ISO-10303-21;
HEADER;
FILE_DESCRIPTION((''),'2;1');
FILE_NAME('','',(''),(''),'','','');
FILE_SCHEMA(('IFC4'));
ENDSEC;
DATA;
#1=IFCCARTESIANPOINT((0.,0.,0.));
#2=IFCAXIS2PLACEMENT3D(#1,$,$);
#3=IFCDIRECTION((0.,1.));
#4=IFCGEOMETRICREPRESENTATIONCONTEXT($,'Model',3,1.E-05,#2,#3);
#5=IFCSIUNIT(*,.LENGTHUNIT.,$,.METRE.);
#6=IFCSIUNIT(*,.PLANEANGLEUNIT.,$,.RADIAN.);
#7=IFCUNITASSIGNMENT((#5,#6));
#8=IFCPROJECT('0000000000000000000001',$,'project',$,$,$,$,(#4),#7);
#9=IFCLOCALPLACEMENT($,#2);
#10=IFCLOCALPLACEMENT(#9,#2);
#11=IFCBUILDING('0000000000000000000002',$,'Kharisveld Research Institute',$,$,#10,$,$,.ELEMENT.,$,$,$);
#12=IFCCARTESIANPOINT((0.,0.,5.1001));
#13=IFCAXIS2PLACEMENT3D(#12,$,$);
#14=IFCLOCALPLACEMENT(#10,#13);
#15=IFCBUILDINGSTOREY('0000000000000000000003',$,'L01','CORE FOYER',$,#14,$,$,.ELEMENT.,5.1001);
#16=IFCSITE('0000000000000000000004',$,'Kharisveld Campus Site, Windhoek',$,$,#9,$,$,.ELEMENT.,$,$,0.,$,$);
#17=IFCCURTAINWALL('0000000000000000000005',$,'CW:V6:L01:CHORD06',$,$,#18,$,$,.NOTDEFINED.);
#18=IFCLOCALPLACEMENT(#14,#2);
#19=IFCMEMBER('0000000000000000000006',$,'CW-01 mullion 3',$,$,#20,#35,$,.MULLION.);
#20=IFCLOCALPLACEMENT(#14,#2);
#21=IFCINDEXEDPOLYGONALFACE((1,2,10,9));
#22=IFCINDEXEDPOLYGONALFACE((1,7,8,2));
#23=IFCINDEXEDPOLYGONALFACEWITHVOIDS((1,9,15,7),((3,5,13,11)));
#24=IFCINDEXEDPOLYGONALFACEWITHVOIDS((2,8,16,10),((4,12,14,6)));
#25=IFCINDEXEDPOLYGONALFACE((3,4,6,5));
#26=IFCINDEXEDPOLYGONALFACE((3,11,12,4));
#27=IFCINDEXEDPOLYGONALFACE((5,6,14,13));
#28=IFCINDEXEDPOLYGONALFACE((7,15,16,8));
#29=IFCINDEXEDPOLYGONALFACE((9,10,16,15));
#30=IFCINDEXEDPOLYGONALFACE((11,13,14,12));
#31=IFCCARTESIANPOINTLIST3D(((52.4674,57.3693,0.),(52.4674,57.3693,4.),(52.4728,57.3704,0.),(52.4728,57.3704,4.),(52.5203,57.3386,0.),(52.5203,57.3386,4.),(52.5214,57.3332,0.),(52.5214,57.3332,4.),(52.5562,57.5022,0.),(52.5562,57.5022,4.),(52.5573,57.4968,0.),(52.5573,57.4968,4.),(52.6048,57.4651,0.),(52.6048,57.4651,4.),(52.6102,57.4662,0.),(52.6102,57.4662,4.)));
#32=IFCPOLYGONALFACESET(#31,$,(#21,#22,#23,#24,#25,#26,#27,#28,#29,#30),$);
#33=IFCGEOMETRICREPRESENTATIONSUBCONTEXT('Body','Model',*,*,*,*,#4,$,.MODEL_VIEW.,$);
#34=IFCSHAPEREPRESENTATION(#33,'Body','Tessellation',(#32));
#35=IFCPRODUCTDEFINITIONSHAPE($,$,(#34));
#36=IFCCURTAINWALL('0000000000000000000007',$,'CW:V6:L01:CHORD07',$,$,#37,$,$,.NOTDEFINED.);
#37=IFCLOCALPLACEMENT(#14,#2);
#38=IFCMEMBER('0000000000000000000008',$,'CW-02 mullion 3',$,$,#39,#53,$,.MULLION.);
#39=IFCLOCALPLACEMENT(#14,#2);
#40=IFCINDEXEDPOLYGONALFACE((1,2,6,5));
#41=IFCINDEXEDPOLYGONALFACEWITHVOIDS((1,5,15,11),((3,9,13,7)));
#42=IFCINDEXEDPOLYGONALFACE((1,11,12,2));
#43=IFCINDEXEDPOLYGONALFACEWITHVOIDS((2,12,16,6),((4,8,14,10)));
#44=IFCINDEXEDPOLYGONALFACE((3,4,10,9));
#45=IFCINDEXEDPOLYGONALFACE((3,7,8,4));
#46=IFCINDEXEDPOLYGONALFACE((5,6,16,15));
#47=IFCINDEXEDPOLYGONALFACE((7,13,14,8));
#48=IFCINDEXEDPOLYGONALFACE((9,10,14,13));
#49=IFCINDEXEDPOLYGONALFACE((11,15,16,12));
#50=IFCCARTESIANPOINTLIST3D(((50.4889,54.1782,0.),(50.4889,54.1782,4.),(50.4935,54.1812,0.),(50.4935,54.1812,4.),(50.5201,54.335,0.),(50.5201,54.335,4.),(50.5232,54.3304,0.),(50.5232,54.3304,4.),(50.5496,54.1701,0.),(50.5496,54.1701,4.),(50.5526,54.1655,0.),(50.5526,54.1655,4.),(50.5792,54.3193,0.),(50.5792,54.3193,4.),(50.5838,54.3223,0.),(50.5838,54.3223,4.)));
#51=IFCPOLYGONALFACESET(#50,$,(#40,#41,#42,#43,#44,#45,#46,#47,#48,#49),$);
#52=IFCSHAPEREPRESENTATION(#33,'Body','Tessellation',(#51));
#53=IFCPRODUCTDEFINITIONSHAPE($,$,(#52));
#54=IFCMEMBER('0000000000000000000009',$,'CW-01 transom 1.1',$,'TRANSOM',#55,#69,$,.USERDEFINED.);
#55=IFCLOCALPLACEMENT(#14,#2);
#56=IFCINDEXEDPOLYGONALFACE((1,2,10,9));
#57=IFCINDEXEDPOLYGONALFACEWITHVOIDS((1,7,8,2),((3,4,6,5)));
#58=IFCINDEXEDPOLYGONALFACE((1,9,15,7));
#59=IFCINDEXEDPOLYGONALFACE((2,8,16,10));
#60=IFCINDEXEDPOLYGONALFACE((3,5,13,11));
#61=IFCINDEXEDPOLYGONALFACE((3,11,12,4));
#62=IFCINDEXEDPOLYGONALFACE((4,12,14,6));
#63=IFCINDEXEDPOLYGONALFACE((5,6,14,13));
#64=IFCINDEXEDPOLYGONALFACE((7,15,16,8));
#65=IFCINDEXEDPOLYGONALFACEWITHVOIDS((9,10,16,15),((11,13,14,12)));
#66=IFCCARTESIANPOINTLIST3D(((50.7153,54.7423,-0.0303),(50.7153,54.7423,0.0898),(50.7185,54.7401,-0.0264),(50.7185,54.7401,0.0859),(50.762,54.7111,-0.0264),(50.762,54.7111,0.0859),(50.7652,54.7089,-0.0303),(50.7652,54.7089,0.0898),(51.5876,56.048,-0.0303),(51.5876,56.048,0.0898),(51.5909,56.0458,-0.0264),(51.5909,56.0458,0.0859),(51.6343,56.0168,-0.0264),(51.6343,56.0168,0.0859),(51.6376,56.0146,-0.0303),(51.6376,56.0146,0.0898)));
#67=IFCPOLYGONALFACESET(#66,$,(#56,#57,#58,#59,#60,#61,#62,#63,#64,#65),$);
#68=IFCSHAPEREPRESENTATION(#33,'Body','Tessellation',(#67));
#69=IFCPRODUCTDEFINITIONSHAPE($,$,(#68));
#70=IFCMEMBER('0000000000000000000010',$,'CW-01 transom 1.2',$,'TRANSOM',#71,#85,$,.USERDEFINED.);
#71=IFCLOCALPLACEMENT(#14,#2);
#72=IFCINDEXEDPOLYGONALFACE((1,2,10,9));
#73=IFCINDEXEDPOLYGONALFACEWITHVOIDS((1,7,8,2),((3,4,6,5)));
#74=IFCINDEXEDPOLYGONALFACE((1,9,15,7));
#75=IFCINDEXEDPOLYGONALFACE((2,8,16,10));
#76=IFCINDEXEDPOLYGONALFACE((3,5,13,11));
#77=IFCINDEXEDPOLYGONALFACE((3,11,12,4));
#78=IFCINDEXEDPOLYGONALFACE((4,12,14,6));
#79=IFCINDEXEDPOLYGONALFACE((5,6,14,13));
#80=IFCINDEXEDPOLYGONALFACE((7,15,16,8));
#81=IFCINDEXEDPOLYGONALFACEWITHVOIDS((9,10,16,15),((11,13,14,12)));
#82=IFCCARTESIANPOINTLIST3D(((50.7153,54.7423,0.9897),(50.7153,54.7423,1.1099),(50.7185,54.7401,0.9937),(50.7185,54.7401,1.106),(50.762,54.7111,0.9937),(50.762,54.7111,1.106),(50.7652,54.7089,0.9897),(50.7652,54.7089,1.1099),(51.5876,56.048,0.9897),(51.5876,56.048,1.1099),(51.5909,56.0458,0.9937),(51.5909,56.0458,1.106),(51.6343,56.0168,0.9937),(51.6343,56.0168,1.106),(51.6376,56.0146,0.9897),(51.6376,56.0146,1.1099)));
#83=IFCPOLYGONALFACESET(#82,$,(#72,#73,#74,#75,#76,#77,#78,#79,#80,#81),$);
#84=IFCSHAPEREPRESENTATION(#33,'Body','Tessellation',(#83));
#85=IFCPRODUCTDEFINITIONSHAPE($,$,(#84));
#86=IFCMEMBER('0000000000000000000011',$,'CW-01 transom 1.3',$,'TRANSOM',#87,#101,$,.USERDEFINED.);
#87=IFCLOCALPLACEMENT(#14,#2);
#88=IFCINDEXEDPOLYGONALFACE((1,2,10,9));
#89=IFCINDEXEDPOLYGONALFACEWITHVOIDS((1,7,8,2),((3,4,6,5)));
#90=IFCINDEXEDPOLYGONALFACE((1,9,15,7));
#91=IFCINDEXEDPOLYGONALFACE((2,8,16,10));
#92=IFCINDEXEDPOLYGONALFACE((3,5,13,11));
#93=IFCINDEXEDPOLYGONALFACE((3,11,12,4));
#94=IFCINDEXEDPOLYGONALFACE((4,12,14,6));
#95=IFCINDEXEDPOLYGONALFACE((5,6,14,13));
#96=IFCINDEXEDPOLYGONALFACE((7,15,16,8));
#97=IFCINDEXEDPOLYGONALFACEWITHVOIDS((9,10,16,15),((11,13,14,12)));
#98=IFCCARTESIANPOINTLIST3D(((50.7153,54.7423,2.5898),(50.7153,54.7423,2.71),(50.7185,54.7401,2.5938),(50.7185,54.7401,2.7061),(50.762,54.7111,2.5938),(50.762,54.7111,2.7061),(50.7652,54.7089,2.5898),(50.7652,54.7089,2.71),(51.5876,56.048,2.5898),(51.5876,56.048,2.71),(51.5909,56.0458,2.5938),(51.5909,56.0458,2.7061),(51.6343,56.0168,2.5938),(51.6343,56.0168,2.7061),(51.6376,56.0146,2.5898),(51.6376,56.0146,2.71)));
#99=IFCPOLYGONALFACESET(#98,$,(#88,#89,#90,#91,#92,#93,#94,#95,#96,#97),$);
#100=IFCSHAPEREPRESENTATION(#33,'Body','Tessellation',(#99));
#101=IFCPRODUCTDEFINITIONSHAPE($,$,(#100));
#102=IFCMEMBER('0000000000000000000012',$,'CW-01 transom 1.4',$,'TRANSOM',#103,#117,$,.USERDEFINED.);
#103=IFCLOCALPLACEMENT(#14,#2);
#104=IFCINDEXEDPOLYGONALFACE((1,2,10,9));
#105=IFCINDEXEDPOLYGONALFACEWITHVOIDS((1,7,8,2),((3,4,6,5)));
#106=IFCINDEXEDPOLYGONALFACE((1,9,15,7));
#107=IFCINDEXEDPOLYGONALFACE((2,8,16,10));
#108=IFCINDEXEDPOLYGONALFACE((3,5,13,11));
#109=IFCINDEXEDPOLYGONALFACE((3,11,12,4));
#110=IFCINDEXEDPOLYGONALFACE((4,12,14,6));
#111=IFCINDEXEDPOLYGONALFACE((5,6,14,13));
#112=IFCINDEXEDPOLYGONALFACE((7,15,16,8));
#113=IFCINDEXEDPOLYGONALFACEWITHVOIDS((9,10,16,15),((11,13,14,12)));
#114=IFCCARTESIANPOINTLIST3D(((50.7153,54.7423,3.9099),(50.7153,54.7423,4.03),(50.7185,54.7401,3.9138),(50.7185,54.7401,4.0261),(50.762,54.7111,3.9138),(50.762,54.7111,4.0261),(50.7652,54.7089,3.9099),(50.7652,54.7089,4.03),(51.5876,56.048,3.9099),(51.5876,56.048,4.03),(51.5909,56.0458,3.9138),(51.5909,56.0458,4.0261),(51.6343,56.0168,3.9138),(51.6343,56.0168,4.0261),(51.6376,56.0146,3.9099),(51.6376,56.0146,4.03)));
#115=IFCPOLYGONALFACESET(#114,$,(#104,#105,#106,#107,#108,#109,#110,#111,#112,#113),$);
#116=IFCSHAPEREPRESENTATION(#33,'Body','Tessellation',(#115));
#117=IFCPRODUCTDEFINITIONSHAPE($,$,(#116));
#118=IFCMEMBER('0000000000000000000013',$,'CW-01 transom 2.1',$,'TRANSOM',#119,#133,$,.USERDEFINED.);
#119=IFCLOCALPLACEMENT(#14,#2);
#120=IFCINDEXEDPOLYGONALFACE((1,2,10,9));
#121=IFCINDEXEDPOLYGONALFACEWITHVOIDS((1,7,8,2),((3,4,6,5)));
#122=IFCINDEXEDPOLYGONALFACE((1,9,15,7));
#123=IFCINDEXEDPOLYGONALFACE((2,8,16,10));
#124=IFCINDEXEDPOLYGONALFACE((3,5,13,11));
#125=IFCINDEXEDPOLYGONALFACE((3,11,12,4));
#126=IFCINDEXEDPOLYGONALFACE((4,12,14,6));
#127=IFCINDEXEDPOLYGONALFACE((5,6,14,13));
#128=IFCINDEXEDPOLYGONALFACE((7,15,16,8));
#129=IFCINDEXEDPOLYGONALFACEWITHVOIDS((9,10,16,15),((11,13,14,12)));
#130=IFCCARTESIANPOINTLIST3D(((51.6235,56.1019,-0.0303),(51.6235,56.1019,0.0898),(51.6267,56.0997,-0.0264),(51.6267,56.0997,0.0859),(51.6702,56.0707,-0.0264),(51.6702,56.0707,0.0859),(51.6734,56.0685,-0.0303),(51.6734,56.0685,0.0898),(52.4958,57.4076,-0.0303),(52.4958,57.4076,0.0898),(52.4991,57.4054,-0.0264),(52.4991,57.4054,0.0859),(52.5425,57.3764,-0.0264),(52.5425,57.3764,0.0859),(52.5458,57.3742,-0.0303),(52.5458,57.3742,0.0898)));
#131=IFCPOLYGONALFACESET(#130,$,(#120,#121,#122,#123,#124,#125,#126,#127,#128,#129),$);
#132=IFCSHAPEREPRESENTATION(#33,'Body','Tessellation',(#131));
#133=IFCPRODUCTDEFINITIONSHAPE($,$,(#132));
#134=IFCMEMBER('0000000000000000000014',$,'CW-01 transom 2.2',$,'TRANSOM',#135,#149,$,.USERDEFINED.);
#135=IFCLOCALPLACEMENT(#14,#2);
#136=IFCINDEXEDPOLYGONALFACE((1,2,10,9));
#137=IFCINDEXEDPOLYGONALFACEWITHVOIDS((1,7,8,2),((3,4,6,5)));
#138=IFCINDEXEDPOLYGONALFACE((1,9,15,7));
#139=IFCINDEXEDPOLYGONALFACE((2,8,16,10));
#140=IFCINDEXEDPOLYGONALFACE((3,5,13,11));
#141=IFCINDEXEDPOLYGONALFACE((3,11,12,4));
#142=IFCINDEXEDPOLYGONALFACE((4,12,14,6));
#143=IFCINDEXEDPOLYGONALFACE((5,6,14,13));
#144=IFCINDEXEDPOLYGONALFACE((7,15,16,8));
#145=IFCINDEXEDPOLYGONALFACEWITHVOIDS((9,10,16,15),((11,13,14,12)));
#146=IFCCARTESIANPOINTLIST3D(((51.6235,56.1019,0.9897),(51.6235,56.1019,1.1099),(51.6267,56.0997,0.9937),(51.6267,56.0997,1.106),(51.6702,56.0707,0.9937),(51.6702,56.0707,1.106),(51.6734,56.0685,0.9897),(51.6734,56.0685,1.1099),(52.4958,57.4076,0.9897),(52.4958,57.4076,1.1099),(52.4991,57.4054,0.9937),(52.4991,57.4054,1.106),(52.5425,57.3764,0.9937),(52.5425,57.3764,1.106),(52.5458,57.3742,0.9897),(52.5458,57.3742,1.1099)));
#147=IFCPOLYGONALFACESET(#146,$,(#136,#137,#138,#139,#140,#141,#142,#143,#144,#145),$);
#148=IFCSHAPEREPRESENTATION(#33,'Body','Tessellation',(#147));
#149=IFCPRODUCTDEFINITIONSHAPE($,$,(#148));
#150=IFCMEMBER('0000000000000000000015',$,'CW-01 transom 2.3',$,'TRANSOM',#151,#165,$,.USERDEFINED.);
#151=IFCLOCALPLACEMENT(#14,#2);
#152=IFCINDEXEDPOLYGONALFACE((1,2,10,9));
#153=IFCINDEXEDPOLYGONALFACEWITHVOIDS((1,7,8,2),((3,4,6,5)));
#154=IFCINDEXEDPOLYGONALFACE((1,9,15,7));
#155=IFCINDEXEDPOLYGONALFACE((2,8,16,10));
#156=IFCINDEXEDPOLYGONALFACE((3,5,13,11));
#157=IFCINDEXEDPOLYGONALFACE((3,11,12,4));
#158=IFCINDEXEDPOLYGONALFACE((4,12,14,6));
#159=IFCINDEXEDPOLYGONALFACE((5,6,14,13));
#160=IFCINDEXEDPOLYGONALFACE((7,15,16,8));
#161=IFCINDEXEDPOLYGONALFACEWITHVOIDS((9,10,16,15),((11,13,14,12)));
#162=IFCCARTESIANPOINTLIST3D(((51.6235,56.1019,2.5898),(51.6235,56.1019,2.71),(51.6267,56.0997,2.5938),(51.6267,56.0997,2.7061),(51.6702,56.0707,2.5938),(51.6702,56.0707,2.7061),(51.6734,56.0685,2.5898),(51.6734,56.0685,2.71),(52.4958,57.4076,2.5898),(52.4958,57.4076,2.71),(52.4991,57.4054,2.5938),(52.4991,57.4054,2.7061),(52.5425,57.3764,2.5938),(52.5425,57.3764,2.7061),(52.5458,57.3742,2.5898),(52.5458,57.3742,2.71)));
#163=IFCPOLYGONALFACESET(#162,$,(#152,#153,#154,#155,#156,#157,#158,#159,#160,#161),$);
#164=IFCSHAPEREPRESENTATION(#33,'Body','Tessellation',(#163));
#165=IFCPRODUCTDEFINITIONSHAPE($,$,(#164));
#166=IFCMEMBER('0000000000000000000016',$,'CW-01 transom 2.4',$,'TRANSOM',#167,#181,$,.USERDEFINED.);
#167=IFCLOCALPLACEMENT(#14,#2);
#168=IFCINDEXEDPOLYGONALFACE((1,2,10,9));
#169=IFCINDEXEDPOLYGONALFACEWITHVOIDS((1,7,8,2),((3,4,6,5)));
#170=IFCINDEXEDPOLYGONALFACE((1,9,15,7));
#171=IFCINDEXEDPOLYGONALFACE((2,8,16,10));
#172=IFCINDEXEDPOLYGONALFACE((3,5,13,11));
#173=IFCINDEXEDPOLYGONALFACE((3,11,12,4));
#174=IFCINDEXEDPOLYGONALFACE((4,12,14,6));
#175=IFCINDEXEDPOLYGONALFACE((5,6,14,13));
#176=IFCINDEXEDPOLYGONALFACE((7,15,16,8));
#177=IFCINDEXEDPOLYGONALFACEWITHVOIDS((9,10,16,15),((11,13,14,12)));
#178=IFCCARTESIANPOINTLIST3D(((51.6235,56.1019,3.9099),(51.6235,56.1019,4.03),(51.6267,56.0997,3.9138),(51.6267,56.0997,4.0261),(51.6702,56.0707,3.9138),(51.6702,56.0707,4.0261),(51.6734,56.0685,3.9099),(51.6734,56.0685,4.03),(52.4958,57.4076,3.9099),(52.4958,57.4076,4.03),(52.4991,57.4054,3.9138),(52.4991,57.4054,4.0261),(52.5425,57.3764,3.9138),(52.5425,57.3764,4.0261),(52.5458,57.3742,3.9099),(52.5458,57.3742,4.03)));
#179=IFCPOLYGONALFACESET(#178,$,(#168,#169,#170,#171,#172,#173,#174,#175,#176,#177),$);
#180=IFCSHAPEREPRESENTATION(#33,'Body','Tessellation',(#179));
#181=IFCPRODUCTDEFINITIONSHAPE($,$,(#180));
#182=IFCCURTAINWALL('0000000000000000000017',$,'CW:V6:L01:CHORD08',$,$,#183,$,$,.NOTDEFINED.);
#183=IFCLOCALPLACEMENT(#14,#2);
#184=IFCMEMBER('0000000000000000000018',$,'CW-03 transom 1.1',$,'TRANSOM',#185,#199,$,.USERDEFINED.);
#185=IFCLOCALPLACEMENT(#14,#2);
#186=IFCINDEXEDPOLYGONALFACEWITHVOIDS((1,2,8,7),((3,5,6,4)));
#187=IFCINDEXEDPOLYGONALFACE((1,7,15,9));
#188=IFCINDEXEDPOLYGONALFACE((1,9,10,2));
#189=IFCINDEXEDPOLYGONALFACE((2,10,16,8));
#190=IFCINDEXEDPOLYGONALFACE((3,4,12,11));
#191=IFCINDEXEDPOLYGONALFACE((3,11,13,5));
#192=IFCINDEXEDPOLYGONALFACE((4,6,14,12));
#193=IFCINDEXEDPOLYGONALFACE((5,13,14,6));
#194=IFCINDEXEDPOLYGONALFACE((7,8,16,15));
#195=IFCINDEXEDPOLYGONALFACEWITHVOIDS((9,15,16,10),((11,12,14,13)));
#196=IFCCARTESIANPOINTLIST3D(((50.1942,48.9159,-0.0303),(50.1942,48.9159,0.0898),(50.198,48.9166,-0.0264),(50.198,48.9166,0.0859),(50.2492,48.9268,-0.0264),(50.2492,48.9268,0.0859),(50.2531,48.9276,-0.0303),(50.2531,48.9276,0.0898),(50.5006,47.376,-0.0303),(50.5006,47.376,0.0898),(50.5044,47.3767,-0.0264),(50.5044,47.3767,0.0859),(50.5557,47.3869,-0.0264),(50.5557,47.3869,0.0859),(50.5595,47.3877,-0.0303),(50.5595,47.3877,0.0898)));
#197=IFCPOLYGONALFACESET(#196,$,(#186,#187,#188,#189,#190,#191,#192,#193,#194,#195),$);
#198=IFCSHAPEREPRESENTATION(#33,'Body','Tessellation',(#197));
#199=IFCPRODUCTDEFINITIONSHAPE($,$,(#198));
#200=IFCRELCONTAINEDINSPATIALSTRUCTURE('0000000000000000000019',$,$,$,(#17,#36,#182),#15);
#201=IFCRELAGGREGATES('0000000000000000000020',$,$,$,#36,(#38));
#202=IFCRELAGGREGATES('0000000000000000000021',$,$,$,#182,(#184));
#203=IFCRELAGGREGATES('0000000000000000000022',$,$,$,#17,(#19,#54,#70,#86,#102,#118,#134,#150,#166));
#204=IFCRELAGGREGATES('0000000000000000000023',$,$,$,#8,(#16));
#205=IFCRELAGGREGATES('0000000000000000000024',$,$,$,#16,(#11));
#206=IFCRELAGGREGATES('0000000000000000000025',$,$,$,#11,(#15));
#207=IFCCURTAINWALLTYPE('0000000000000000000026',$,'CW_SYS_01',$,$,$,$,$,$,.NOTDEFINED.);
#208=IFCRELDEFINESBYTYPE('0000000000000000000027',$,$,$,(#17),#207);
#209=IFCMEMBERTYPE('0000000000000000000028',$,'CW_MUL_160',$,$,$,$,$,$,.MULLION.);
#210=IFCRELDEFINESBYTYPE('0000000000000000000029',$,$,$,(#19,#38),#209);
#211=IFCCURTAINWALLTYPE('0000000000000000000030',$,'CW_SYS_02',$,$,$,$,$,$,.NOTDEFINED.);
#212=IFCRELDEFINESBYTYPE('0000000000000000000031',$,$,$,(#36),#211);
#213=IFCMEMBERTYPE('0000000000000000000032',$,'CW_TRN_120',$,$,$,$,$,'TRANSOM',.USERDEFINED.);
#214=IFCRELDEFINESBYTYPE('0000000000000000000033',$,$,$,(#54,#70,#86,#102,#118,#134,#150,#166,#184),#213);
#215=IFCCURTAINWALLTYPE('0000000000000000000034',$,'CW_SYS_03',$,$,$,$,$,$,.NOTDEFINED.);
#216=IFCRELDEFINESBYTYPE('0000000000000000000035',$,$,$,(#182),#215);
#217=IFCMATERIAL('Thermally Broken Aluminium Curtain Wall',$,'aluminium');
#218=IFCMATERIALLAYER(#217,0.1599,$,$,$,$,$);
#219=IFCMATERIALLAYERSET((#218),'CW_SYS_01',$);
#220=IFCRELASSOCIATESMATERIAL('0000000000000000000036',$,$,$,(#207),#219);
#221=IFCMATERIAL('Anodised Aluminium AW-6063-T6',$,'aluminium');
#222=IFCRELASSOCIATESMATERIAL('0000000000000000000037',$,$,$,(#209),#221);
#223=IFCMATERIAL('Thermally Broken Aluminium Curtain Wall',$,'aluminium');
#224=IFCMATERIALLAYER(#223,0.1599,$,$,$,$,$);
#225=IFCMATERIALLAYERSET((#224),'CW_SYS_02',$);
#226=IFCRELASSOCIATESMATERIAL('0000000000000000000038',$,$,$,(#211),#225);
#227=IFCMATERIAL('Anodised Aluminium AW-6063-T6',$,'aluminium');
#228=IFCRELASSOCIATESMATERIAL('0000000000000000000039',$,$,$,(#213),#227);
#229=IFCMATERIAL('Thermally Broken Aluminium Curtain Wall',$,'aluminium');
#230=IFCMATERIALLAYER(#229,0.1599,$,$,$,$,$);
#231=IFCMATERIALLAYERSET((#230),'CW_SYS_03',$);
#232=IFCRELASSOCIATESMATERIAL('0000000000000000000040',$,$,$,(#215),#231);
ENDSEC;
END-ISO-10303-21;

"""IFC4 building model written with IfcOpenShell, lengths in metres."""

from ifc_helpers import new_model, si_unit, direction, frame, origin, origin_2d, place, context, subcontext, project, spatial, hollow_rectangle, extrude, material, layer, layer_set, material_profile, profile_set, type_object, element, aggregate, save


model = new_model("IFC4")

# Units and contexts
model_context = context("Model", 3, precision=1e-05, world=origin(), true_north=direction((0.0, 1.0)))
body_context = subcontext(model_context, "Body", "Model", "MODEL_VIEW")
ifc_project = project(units=[si_unit("LENGTHUNIT", "METRE"), si_unit("PLANEANGLEUNIT", "RADIAN")], contexts=[model_context])

# Site, building, storey
site_placement = place(None, origin())
site = spatial("IfcSite", under=ifc_project, at=site_placement, Name="Kharisveld Campus Site, Windhoek", CompositionType="ELEMENT", RefElevation=0.0)
building_placement = place(site_placement, origin())
building = spatial("IfcBuilding", under=site, at=building_placement, Name="Kharisveld Research Institute", CompositionType="ELEMENT")
storey_placement = place(building_placement, frame((0.0, 0.0, 5.1001)))
storey = spatial("IfcBuildingStorey", under=building, at=storey_placement, Name="L01", Description="CORE FOYER", CompositionType="ELEMENT", Elevation=5.1001)

# Curtain wall, member
ifc_material_1 = material(Name="Thermally Broken Aluminium Curtain Wall", Category="aluminium")
ifc_layer_1 = layer(ifc_material_1, 0.1599)
ifc_layer_set_1 = layer_set([ifc_layer_1], Name="CW_SYS_01")
curtain_wall_type_1 = type_object("IfcCurtainWallType", Name="CW_SYS_01", PredefinedType="NOTDEFINED", material=ifc_layer_set_1)
curtain_wall_1_placement = place(storey_placement, origin())
curtain_wall_1 = element("IfcCurtainWall", 1, at=curtain_wall_1_placement, inside=storey, type_object=curtain_wall_type_1, Name="CW:V6:L01:CHORD06", PredefinedType="NOTDEFINED")
ifc_material_2 = material(Name="Anodised Aluminium AW-6063-T6", Category="aluminium")
ifc_material_profile_1 = material_profile(ifc_material_2, hollow_rectangle(XDim=0.0649, YDim=0.1599, WallThickness=0.0039, at=origin_2d()))
ifc_profile_set_1 = profile_set([ifc_material_profile_1], Name="Anodised Aluminium AW-6063-T6")
member_type_1 = type_object("IfcMemberType", Name="CW_MUL_160", PredefinedType="MULLION", material=ifc_profile_set_1)
member_1_placement = place(storey_placement, frame((52.5388, 57.4177, 0.0), z_axis=(0.0, 0.0, 1.0), x_axis=(-0.83147, 0.55557, 0.0)))
member_1 = element("IfcMember", 2, at=member_1_placement, type_object=member_type_1, Name="CW-01 mullion 3", PredefinedType="MULLION", context=body_context, shape_type="SweptSolid", body=[
    extrude(hollow_rectangle(XDim=0.0649, YDim=0.1599, WallThickness=0.0039, at=origin_2d()), origin(), (0.0, 0.0, 1.0), 4.0),
])

# Curtain wall, member
ifc_material_3 = material(Name="Thermally Broken Aluminium Curtain Wall", Category="aluminium")
ifc_layer_2 = layer(ifc_material_3, 0.1599)
ifc_layer_set_2 = layer_set([ifc_layer_2], Name="CW_SYS_02")
curtain_wall_type_2 = type_object("IfcCurtainWallType", Name="CW_SYS_02", PredefinedType="NOTDEFINED", material=ifc_layer_set_2)
curtain_wall_2_placement = place(storey_placement, origin())
curtain_wall_2 = element("IfcCurtainWall", 3, at=curtain_wall_2_placement, inside=storey, type_object=curtain_wall_type_2, Name="CW:V6:L01:CHORD07", PredefinedType="NOTDEFINED")
member_2_placement = place(storey_placement, frame((50.5364, 54.2502, 0.0), z_axis=(0.0, 0.0, 1.0), x_axis=(-0.980785, 0.195091, 0.0)))
member_2 = element("IfcMember", 4, at=member_2_placement, type_object=member_type_1, Name="CW-02 mullion 3", PredefinedType="MULLION", context=body_context, shape_type="SweptSolid", body=[
    extrude(hollow_rectangle(XDim=0.0649, YDim=0.1599, WallThickness=0.0039, at=origin_2d()), origin(), (0.0, 0.0, 1.0), 4.0),
])
aggregate(curtain_wall_2, [member_2])

# Members
ifc_material_4 = material(Name="Anodised Aluminium AW-6063-T6", Category="aluminium")
ifc_material_profile_2 = material_profile(ifc_material_4, hollow_rectangle(XDim=0.0601, YDim=0.1201, WallThickness=0.0039, at=origin_2d()))
ifc_profile_set_2 = profile_set([ifc_material_profile_2], Name="Anodised Aluminium AW-6063-T6")
member_type_2 = type_object("IfcMemberType", Name="CW_TRN_120", ElementType="TRANSOM", PredefinedType="USERDEFINED", material=ifc_profile_set_2)
member_3_placement = place(storey_placement, frame((50.7402, 54.7256, 0.0298), z_axis=(0.555525, 0.8315, 0.0), x_axis=(-0.8315, 0.555525, 0.0)))
member_3 = element("IfcMember", 5, at=member_3_placement, type_object=member_type_2, Name="CW-01 transom 1.1", ObjectType="TRANSOM", PredefinedType="USERDEFINED", context=body_context, shape_type="SweptSolid", body=[
    extrude(hollow_rectangle(XDim=0.0601, YDim=0.1201, WallThickness=0.0039, at=origin_2d()), origin(), (0.0, 0.0, 1.0), 1.5703),
])
member_4_placement = place(storey_placement, frame((50.7402, 54.7256, 1.0498), z_axis=(0.555525, 0.8315, 0.0), x_axis=(-0.8315, 0.555525, 0.0)))
member_4 = element("IfcMember", 6, at=member_4_placement, type_object=member_type_2, Name="CW-01 transom 1.2", ObjectType="TRANSOM", PredefinedType="USERDEFINED", context=body_context, shape_type="SweptSolid", body=[
    extrude(hollow_rectangle(XDim=0.0601, YDim=0.1201, WallThickness=0.0039, at=origin_2d()), origin(), (0.0, 0.0, 1.0), 1.5703),
])
member_5_placement = place(storey_placement, frame((50.7402, 54.7256, 2.6499), z_axis=(0.555525, 0.8315, 0.0), x_axis=(-0.8315, 0.555525, 0.0)))
member_5 = element("IfcMember", 7, at=member_5_placement, type_object=member_type_2, Name="CW-01 transom 1.3", ObjectType="TRANSOM", PredefinedType="USERDEFINED", context=body_context, shape_type="SweptSolid", body=[
    extrude(hollow_rectangle(XDim=0.0601, YDim=0.1201, WallThickness=0.0039, at=origin_2d()), origin(), (0.0, 0.0, 1.0), 1.5703),
])
member_6_placement = place(storey_placement, frame((50.7402, 54.7256, 3.97), z_axis=(0.555525, 0.8315, 0.0), x_axis=(-0.8315, 0.555525, 0.0)))
member_6 = element("IfcMember", 8, at=member_6_placement, type_object=member_type_2, Name="CW-01 transom 1.4", ObjectType="TRANSOM", PredefinedType="USERDEFINED", context=body_context, shape_type="SweptSolid", body=[
    extrude(hollow_rectangle(XDim=0.0601, YDim=0.1201, WallThickness=0.0039, at=origin_2d()), origin(), (0.0, 0.0, 1.0), 1.5703),
])
member_7_placement = place(storey_placement, frame((51.6484, 56.0852, 0.0298), z_axis=(0.555525, 0.8315, 0.0), x_axis=(-0.8315, 0.555525, 0.0)))
member_7 = element("IfcMember", 9, at=member_7_placement, type_object=member_type_2, Name="CW-01 transom 2.1", ObjectType="TRANSOM", PredefinedType="USERDEFINED", context=body_context, shape_type="SweptSolid", body=[
    extrude(hollow_rectangle(XDim=0.0601, YDim=0.1201, WallThickness=0.0039, at=origin_2d()), origin(), (0.0, 0.0, 1.0), 1.5703),
])
member_8_placement = place(storey_placement, frame((51.6484, 56.0852, 1.0498), z_axis=(0.555525, 0.8315, 0.0), x_axis=(-0.8315, 0.555525, 0.0)))
member_8 = element("IfcMember", 10, at=member_8_placement, type_object=member_type_2, Name="CW-01 transom 2.2", ObjectType="TRANSOM", PredefinedType="USERDEFINED", context=body_context, shape_type="SweptSolid", body=[
    extrude(hollow_rectangle(XDim=0.0601, YDim=0.1201, WallThickness=0.0039, at=origin_2d()), origin(), (0.0, 0.0, 1.0), 1.5703),
])
member_9_placement = place(storey_placement, frame((51.6484, 56.0852, 2.6499), z_axis=(0.555525, 0.8315, 0.0), x_axis=(-0.8315, 0.555525, 0.0)))
member_9 = element("IfcMember", 11, at=member_9_placement, type_object=member_type_2, Name="CW-01 transom 2.3", ObjectType="TRANSOM", PredefinedType="USERDEFINED", context=body_context, shape_type="SweptSolid", body=[
    extrude(hollow_rectangle(XDim=0.0601, YDim=0.1201, WallThickness=0.0039, at=origin_2d()), origin(), (0.0, 0.0, 1.0), 1.5703),
])
member_10_placement = place(storey_placement, frame((51.6484, 56.0852, 3.97), z_axis=(0.555525, 0.8315, 0.0), x_axis=(-0.8315, 0.555525, 0.0)))
member_10 = element("IfcMember", 12, at=member_10_placement, type_object=member_type_2, Name="CW-01 transom 2.4", ObjectType="TRANSOM", PredefinedType="USERDEFINED", context=body_context, shape_type="SweptSolid", body=[
    extrude(hollow_rectangle(XDim=0.0601, YDim=0.1201, WallThickness=0.0039, at=origin_2d()), origin(), (0.0, 0.0, 1.0), 1.5703),
])

# Curtain wall, member
ifc_material_5 = material(Name="Thermally Broken Aluminium Curtain Wall", Category="aluminium")
ifc_layer_3 = layer(ifc_material_5, 0.1599)
ifc_layer_set_3 = layer_set([ifc_layer_3], Name="CW_SYS_03")
curtain_wall_type_3 = type_object("IfcCurtainWallType", Name="CW_SYS_03", PredefinedType="NOTDEFINED", material=ifc_layer_set_3)
curtain_wall_3_placement = place(storey_placement, origin())
curtain_wall_3 = element("IfcCurtainWall", 13, at=curtain_wall_3_placement, inside=storey, type_object=curtain_wall_type_3, Name="CW:V6:L01:CHORD08", PredefinedType="NOTDEFINED")
member_11_placement = place(storey_placement, frame((50.53, 47.3818, 0.0298), z_axis=(-0.195159, 0.980772, 0.0), x_axis=(-0.980772, -0.195159, 0.0)))
member_11 = element("IfcMember", 14, at=member_11_placement, type_object=member_type_2, Name="CW-03 transom 1.1", ObjectType="TRANSOM", PredefinedType="USERDEFINED", context=body_context, shape_type="SweptSolid", body=[
    extrude(hollow_rectangle(XDim=0.0601, YDim=0.1201, WallThickness=0.0039, at=origin_2d()), origin(), (0.0, 0.0, 1.0), 1.5701),
])
aggregate(curtain_wall_3, [member_11])

aggregate(curtain_wall_1, [member_1, member_3, member_4, member_5, member_6, member_7, member_8, member_9, member_10])

save(model, "model.ifc")
